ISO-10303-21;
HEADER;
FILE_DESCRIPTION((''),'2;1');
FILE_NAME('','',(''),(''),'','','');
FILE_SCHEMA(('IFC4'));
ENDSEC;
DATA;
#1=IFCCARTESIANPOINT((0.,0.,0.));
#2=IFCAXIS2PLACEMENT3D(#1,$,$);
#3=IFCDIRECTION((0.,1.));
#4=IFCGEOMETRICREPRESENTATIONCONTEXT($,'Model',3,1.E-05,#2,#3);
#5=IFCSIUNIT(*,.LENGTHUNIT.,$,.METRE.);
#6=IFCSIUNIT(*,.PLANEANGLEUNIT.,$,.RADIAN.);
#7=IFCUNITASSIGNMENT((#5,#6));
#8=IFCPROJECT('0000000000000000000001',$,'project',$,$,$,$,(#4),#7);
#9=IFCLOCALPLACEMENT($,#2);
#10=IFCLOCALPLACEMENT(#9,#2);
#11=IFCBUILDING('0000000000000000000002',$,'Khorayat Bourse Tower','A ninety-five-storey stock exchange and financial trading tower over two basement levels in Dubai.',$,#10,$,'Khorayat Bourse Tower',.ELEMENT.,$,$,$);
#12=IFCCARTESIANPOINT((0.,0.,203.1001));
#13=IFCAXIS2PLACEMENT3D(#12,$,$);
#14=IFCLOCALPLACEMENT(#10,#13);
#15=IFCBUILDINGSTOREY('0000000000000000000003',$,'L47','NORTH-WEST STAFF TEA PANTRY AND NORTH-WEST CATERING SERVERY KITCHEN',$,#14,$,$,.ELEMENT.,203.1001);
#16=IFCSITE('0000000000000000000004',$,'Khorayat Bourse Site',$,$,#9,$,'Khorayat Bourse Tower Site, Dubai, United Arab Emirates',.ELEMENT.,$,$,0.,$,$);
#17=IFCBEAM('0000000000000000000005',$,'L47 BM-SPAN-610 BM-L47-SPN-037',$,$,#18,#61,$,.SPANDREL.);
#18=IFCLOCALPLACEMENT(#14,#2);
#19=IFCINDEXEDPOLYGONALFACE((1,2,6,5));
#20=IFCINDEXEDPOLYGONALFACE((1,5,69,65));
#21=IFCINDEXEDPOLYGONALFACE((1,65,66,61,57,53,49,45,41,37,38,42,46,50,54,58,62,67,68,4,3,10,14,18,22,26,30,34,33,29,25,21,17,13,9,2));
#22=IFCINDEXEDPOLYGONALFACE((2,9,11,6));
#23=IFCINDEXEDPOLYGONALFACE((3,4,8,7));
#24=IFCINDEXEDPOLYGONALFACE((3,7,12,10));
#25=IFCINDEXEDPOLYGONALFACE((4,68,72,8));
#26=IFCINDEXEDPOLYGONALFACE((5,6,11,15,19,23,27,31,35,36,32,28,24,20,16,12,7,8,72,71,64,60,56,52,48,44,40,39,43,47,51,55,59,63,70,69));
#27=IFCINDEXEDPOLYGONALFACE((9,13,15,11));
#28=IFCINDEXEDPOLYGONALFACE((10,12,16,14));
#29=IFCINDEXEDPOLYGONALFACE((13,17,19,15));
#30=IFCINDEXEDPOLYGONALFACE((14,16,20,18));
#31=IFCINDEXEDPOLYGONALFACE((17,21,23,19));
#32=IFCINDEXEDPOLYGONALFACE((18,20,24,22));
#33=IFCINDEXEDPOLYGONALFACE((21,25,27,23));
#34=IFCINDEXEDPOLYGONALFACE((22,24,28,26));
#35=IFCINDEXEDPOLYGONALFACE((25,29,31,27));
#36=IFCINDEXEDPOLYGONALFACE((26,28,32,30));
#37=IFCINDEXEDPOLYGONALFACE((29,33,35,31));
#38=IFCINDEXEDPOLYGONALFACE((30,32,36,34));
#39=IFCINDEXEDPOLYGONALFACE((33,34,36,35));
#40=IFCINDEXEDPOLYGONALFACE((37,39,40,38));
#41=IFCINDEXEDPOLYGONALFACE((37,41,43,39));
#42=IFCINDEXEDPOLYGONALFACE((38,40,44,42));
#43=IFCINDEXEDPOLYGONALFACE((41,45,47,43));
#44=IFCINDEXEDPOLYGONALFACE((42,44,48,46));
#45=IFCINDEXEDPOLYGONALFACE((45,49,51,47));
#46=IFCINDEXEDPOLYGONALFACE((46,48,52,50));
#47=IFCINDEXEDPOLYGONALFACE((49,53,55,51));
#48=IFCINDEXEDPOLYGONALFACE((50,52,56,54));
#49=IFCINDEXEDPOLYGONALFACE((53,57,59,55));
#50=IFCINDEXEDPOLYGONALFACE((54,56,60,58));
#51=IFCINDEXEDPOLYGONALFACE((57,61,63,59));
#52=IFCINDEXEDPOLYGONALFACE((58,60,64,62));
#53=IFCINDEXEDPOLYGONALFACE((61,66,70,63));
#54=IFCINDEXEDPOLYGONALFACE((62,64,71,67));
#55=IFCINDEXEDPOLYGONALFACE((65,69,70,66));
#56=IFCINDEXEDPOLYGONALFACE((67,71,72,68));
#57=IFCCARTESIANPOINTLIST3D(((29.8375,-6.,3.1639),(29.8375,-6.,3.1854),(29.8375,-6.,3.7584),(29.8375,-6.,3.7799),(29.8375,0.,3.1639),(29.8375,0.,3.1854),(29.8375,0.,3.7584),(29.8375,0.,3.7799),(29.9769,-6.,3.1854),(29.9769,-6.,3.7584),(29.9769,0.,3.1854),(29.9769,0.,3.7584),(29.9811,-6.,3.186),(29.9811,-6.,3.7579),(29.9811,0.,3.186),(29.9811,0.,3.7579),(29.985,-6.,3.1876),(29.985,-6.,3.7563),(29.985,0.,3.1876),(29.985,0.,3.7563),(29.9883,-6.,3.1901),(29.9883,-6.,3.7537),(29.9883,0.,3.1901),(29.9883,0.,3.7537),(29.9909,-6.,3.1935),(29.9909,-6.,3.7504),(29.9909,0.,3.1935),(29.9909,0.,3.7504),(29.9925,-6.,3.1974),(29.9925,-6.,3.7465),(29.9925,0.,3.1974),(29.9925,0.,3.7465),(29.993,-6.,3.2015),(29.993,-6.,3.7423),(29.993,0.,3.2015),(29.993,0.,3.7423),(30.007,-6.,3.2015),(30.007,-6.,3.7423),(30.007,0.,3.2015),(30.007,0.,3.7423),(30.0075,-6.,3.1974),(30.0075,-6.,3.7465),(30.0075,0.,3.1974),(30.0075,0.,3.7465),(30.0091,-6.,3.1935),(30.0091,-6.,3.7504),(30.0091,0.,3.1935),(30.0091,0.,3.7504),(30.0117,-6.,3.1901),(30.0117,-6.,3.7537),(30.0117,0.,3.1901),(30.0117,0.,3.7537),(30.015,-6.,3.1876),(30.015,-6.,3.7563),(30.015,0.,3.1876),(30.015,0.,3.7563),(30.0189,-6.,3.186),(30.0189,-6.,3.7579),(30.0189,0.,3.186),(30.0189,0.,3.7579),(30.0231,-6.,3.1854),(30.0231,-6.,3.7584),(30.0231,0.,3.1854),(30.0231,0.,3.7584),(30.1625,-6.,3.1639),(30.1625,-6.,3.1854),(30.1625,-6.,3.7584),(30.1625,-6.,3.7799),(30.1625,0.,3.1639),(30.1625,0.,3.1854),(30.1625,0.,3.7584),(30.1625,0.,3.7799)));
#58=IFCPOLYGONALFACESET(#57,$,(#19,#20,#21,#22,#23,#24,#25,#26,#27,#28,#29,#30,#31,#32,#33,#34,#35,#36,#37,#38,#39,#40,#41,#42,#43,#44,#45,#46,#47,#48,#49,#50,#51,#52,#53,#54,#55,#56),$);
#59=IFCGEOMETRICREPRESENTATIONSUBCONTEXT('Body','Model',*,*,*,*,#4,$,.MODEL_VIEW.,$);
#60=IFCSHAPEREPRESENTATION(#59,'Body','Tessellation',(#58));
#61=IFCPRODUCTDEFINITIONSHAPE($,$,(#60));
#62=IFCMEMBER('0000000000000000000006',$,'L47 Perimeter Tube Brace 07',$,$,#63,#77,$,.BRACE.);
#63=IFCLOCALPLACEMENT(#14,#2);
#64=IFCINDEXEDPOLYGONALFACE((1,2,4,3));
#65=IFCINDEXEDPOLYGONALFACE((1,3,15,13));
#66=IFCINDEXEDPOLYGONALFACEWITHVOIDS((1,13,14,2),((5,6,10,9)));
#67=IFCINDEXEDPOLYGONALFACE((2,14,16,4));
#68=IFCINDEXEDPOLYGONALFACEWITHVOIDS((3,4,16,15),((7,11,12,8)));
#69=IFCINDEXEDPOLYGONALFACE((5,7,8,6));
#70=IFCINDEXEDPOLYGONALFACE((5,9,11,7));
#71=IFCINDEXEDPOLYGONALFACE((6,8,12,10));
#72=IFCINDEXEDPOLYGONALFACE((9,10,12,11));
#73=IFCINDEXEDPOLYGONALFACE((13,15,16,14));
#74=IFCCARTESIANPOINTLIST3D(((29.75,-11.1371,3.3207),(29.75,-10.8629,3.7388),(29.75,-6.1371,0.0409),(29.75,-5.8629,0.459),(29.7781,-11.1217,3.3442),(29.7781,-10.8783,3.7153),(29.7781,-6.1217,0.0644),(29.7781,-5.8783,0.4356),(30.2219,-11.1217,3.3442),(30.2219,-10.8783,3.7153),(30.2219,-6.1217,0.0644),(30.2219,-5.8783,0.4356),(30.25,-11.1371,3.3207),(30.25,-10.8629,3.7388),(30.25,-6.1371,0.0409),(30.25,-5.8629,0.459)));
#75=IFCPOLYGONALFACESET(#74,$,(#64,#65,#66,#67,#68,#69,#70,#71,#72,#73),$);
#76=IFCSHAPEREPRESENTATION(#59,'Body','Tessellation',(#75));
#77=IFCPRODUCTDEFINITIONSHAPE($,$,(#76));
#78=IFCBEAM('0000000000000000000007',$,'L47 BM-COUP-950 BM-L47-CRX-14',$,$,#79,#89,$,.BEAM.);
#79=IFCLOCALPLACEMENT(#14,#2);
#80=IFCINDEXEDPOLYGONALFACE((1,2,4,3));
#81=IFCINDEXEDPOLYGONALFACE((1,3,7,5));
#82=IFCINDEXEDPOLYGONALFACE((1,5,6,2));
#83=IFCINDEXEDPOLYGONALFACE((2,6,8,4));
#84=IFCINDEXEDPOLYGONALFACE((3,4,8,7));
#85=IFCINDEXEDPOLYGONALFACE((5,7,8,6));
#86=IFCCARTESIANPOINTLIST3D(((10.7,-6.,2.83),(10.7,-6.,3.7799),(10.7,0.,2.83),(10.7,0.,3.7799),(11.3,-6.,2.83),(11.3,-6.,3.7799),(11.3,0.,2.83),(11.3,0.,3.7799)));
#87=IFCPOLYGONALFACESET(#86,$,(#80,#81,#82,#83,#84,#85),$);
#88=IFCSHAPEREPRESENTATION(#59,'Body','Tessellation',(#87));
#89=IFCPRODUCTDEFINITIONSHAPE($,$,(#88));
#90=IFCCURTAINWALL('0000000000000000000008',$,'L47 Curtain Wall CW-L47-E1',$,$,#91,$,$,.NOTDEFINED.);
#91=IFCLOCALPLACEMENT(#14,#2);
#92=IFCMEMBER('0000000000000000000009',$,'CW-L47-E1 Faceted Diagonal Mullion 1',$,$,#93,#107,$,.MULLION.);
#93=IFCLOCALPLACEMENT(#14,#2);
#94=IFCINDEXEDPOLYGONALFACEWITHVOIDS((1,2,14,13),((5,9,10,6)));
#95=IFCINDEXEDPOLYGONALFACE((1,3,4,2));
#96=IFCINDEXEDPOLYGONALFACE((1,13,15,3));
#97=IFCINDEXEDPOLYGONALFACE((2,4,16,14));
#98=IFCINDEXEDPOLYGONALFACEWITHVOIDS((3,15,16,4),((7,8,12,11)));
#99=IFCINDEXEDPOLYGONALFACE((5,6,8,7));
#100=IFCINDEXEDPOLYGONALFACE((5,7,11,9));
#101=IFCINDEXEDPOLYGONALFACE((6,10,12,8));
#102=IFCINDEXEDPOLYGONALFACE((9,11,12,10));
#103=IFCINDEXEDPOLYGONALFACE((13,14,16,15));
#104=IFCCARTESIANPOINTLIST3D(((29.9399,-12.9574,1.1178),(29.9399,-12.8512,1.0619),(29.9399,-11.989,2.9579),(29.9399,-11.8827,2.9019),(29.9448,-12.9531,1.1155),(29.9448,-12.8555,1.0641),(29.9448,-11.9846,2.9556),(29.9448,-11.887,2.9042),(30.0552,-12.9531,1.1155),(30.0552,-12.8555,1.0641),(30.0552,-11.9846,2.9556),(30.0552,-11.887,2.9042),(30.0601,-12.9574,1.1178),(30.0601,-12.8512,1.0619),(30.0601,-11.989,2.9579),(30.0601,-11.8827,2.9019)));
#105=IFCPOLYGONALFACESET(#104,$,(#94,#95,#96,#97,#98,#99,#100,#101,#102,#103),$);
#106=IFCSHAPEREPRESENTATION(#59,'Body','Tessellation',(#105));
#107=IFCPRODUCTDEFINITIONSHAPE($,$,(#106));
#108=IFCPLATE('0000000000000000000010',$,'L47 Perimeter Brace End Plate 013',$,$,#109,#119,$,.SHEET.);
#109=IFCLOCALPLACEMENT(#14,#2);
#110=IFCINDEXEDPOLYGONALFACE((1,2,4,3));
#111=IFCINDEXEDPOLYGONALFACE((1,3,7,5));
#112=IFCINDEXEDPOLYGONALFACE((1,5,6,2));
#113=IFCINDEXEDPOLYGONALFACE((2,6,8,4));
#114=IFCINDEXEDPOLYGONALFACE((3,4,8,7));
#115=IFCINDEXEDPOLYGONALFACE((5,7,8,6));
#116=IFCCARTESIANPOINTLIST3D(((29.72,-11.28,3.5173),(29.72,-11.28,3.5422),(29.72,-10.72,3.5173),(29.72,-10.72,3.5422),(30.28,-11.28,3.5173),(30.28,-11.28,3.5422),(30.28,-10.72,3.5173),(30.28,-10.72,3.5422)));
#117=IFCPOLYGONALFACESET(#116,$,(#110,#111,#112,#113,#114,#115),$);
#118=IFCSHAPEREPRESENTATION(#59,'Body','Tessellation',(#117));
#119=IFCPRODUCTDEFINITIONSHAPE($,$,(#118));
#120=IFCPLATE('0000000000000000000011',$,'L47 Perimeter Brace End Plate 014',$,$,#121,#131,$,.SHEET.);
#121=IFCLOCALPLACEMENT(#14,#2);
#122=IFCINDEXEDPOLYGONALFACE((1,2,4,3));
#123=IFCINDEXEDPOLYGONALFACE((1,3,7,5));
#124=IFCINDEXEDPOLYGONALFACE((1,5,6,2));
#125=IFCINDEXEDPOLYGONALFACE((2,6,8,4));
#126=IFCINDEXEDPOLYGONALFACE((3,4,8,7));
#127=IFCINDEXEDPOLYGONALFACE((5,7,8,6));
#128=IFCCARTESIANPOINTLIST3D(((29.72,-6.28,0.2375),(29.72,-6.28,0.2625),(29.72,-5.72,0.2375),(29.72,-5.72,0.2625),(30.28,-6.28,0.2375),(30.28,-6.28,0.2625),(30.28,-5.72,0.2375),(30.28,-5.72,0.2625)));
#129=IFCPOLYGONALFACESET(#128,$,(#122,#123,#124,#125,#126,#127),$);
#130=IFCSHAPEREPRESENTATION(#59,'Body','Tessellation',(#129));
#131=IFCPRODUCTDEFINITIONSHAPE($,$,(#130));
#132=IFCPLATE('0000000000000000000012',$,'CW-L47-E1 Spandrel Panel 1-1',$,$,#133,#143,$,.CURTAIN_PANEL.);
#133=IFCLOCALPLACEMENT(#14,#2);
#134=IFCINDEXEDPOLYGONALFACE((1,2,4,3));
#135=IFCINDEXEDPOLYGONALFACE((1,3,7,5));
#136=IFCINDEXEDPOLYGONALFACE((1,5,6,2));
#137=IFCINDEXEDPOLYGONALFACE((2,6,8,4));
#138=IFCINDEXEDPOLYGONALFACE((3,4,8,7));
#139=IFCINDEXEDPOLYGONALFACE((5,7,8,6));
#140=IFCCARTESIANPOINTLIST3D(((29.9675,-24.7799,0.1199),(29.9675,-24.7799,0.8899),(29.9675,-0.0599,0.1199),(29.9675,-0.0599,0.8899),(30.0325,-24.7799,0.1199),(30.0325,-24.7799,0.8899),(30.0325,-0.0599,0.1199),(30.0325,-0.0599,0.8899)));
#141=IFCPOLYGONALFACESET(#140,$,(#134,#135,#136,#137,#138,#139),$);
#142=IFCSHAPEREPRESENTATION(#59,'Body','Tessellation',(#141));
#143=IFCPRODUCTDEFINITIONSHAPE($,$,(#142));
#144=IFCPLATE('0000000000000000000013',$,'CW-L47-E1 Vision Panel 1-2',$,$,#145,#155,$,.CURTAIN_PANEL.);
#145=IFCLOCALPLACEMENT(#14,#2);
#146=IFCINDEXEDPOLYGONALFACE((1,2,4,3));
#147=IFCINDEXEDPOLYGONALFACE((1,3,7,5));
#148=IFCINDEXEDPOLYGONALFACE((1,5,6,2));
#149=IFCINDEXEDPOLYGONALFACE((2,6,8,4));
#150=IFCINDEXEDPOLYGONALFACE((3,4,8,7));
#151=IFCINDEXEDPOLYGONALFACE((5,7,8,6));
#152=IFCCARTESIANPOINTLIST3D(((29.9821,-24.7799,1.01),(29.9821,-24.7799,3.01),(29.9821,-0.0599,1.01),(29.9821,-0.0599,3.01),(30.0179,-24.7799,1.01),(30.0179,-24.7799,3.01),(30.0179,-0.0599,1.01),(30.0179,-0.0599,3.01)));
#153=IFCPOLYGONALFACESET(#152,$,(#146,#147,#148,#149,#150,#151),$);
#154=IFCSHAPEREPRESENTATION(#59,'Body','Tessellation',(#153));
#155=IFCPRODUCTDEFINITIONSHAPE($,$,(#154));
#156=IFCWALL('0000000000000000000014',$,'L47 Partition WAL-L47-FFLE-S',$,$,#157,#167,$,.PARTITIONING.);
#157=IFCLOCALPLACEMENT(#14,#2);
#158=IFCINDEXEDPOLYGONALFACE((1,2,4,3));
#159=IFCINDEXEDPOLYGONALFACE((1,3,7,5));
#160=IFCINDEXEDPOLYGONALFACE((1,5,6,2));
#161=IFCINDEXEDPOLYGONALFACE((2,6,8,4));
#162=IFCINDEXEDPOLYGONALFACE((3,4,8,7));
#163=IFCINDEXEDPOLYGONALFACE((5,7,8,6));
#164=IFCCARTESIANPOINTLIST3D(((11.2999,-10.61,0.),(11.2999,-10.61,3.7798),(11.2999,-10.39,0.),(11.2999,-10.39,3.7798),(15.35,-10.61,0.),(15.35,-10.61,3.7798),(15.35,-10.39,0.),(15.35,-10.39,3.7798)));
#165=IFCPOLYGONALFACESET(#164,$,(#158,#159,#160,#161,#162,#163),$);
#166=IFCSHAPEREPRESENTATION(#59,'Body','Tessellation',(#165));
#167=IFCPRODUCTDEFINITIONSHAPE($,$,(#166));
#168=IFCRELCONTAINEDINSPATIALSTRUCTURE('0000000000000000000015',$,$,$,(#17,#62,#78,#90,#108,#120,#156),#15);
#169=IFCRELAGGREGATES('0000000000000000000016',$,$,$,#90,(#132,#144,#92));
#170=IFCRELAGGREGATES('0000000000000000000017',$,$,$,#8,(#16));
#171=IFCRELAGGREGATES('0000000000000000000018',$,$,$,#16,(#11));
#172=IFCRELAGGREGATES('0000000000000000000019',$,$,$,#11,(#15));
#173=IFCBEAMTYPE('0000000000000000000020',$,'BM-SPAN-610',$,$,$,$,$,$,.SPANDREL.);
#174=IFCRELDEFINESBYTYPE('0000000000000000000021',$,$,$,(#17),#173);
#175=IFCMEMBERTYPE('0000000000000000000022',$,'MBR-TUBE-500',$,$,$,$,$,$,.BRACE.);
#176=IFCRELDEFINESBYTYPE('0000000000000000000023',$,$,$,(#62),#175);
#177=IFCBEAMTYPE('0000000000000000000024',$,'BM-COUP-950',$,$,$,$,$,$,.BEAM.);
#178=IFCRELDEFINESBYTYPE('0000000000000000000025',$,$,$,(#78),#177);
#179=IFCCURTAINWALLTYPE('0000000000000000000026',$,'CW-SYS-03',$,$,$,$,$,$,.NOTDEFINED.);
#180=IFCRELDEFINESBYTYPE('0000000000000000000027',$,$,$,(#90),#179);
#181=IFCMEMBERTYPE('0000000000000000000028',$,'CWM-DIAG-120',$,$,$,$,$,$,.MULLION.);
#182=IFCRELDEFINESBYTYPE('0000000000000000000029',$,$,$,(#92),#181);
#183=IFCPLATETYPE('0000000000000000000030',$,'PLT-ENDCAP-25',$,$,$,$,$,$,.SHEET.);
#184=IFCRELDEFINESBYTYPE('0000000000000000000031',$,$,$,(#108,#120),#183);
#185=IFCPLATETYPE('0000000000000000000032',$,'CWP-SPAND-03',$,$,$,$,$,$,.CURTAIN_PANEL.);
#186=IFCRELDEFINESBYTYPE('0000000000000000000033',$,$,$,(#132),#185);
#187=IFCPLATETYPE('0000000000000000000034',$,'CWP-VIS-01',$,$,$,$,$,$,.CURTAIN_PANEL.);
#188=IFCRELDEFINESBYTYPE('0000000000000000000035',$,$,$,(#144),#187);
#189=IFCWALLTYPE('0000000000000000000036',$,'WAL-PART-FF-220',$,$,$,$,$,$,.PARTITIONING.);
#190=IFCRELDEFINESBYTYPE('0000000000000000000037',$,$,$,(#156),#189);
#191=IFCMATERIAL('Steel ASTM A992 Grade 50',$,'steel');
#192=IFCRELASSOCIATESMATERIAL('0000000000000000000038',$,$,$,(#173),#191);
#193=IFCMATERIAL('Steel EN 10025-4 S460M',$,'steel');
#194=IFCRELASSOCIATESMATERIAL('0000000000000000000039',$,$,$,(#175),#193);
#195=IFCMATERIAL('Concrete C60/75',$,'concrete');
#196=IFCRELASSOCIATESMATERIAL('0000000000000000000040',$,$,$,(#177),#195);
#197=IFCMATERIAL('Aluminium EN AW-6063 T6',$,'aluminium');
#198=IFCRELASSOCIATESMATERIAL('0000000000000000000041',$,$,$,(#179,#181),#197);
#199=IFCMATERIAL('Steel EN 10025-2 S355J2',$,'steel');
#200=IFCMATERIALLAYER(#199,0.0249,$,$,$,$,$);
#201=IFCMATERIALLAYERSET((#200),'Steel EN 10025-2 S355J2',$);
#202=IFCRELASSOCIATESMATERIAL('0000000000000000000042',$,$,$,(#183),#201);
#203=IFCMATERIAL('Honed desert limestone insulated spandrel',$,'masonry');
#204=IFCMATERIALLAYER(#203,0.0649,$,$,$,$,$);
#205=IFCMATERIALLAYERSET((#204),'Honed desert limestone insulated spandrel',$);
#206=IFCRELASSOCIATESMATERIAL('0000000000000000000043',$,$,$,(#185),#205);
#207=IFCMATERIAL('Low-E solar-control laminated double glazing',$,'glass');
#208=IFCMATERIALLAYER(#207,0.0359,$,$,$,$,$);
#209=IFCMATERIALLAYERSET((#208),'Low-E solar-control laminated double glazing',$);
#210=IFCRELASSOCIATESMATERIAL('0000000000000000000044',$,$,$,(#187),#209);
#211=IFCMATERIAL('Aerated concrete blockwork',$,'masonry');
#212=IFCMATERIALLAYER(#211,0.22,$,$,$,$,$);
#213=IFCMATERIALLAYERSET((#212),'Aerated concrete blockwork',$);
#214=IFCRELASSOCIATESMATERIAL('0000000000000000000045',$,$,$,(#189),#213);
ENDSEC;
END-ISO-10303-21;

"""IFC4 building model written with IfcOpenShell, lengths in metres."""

from ifc_helpers import new_model, si_unit, direction, frame, frame_2d, origin, origin_2d, place, context, subcontext, project, spatial, rectangle, hollow_rectangle, i_section, extrude, source, transform, mapped, material, layer, layer_set, material_profile, profile_set, type_object, element, aggregate, save


model = new_model("IFC4")

# Units and contexts
model_context = context("Model", 3, precision=1e-05, world=origin(), true_north=direction((0.0, 1.0)))
body_context = subcontext(model_context, "Body", "Model", "MODEL_VIEW")
ifc_project = project(units=[si_unit("LENGTHUNIT", "METRE"), si_unit("PLANEANGLEUNIT", "RADIAN")], contexts=[model_context])

# Site, building, storey
site_placement = place(None, origin())
site = spatial("IfcSite", under=ifc_project, at=site_placement, Name="Khorayat Bourse Site", LongName="Khorayat Bourse Tower Site, Dubai, United Arab Emirates", CompositionType="ELEMENT", RefElevation=0.0)
building_placement = place(site_placement, origin())
building = spatial("IfcBuilding", under=site, at=building_placement, Name="Khorayat Bourse Tower", Description="A ninety-five-storey stock exchange and financial trading tower over two basement levels in Dubai.", LongName="Khorayat Bourse Tower", CompositionType="ELEMENT")
storey_placement = place(building_placement, frame((0.0, 0.0, 203.1001)))
storey = spatial("IfcBuildingStorey", under=building, at=storey_placement, Name="L47", Description="NORTH-WEST STAFF TEA PANTRY AND NORTH-WEST CATERING SERVERY KITCHEN", CompositionType="ELEMENT", Elevation=203.1001)

# Shared definitions
ifc_material_1 = material(Name="Steel EN 10025-4 S460M", Category="steel")
ifc_material_2 = material(Name="Concrete C60/75", Category="concrete")

# Beam
ifc_material_3 = material(Name="Steel ASTM A992 Grade 50", Category="steel")
ifc_material_profile_1 = material_profile(ifc_material_3, i_section(OverallWidth=0.325, OverallDepth=0.616, WebThickness=0.0139, FlangeThickness=0.0215, FilletRadius=0.0161, at=origin_2d()), Name="W610X174")
ifc_profile_set_1 = profile_set([ifc_material_profile_1], Name="Steel ASTM A992 Grade 50")
beam_type_1 = type_object("IfcBeamType", Name="BM-SPAN-610", PredefinedType="SPANDREL", material=ifc_profile_set_1)
shared_shape_1 = source(origin(), body_context, "Body", "SweptSolid", [
    extrude(i_section(OverallWidth=0.325, OverallDepth=0.616, WebThickness=0.0139, FlangeThickness=0.0215, FilletRadius=0.0161, at=origin_2d()), origin(), (0.0, 0.0, 1.0), 6.0),
])
beam_1_placement = place(storey_placement, frame((30.0, -6.0, 3.4719), z_axis=(0.0, 1.0, 0.0), x_axis=(-1.0, 0.0, 0.0)))
element("IfcBeam", 1, at=beam_1_placement, inside=storey, type_object=beam_type_1, Name="L47 BM-SPAN-610 BM-L47-SPN-037", PredefinedType="SPANDREL", context=body_context, shape_type="MappedRepresentation", body=[
    mapped(shared_shape_1, transform((0.0, 0.0, 0.0), scale=1.0)),
])

# Member
ifc_material_profile_2 = material_profile(ifc_material_1, hollow_rectangle(XDim=0.5, YDim=0.5, WallThickness=0.0281, at=origin_2d()), Name="HSS 500x500x28")
ifc_profile_set_2 = profile_set([ifc_material_profile_2], Name="Steel EN 10025-4 S460M")
member_type_1 = type_object("IfcMemberType", Name="MBR-TUBE-500", PredefinedType="BRACE", material=ifc_profile_set_2)
shared_shape_2 = source(origin(), body_context, "Body", "SweptSolid", [
    extrude(hollow_rectangle(XDim=0.5, YDim=0.5, WallThickness=0.0281, at=origin_2d()), origin(), (0.0, 0.0, 1.0), 5.9797),
])
member_1_placement = place(storey_placement, frame((30.0, -11.0, 3.5298), z_axis=(0.0, 0.83616, -0.548485), x_axis=(-1.0, 0.0, 0.0)))
element("IfcMember", 2, at=member_1_placement, inside=storey, type_object=member_type_1, Name="L47 Perimeter Tube Brace 07", PredefinedType="BRACE", context=body_context, shape_type="MappedRepresentation", body=[
    mapped(shared_shape_2, transform((0.0, 0.0, 0.0), scale=1.0)),
])

# Beam
ifc_material_profile_3 = material_profile(ifc_material_2, rectangle(XDim=0.6001, YDim=0.95, at=origin_2d()), Name="RC 600x950")
ifc_profile_set_3 = profile_set([ifc_material_profile_3], Name="Concrete C60/75")
beam_type_2 = type_object("IfcBeamType", Name="BM-COUP-950", PredefinedType="BEAM", material=ifc_profile_set_3)
shared_shape_3 = source(origin(), body_context, "Body", "SweptSolid", [
    extrude(rectangle(XDim=0.6001, YDim=0.95, at=origin_2d()), origin(), (0.0, 0.0, 1.0), 6.0),
])
beam_2_placement = place(storey_placement, frame((11.0, -6.0, 3.3049), z_axis=(0.0, 1.0, 0.0), x_axis=(-1.0, 0.0, 0.0)))
element("IfcBeam", 3, at=beam_2_placement, inside=storey, type_object=beam_type_2, Name="L47 BM-COUP-950 BM-L47-CRX-14", PredefinedType="BEAM", context=body_context, shape_type="MappedRepresentation", body=[
    mapped(shared_shape_3, transform((0.0, 0.0, 0.0), scale=1.0)),
])

# Curtain wall, member
ifc_material_4 = material(Name="Aluminium EN AW-6063 T6", Category="aluminium")
curtain_wall_type = type_object("IfcCurtainWallType", Name="CW-SYS-03", PredefinedType="NOTDEFINED", material=ifc_material_4)
curtain_wall_placement = place(storey_placement, origin())
curtain_wall = element("IfcCurtainWall", 4, at=curtain_wall_placement, inside=storey, type_object=curtain_wall_type, Name="L47 Curtain Wall CW-L47-E1", PredefinedType="NOTDEFINED")
ifc_material_profile_4 = material_profile(ifc_material_4, hollow_rectangle(XDim=0.1201, YDim=0.1201, WallThickness=0.0049, at=origin_2d()), Name="ALU 120x120x5")
ifc_profile_set_4 = profile_set([ifc_material_profile_4], Name="Aluminium EN AW-6063 T6")
member_type_2 = type_object("IfcMemberType", Name="CWM-DIAG-120", PredefinedType="MULLION", material=ifc_profile_set_4)
shared_shape_4 = source(origin(), body_context, "Body", "SweptSolid", [
    extrude(hollow_rectangle(XDim=0.1201, YDim=0.1201, WallThickness=0.0049, at=origin_2d()), origin(), (0.0, 0.0, 1.0), 2.0793),
])
member_2_placement = place(storey_placement, frame((30.0, -12.9043, 1.0898), z_axis=(0.0, 0.465761, 0.884911), x_axis=(-1.0, 0.0, 0.0)))
member_2 = element("IfcMember", 5, at=member_2_placement, type_object=member_type_2, Name="CW-L47-E1 Faceted Diagonal Mullion 1", PredefinedType="MULLION", context=body_context, shape_type="MappedRepresentation", body=[
    mapped(shared_shape_4, transform((0.0, 0.0, 0.0), scale=1.0)),
])

# Plates
ifc_material_5 = material(Name="Steel EN 10025-2 S355J2", Category="steel")
ifc_layer_1 = layer(ifc_material_5, 0.0249)
ifc_layer_set_1 = layer_set([ifc_layer_1], Name="Steel EN 10025-2 S355J2")
plate_type_1 = type_object("IfcPlateType", Name="PLT-ENDCAP-25", PredefinedType="SHEET", material=ifc_layer_set_1)
shared_shape_5 = source(origin(), body_context, "Body", "SweptSolid", [
    extrude(rectangle(XDim=0.5601, YDim=0.5601, at=origin_2d()), origin(), (0.0, 0.0, 1.0), 0.0249),
])
for number, where, z_axis, x_axis, name in (
    (6, (30.0, -11.0, 3.5173), (0.0, 0.0, 1.0), (1.0, 0.0, 0.0), "L47 Perimeter Brace End Plate 013"),
    (7, (30.0, -6.0, 0.2375), (0.0, 0.0, 1.0), (1.0, 0.0, 0.0), "L47 Perimeter Brace End Plate 014"),
):
    element("IfcPlate", number, at=place(storey_placement, frame(where, z_axis=z_axis, x_axis=x_axis)), inside=storey, type_object=plate_type_1, Name=name, PredefinedType="SHEET", context=body_context, shape_type="MappedRepresentation", body=[
        mapped(shared_shape_5, transform((0.0, 0.0, 0.0), scale=1.0)),
    ])

# Plates
ifc_material_6 = material(Name="Honed desert limestone insulated spandrel", Category="masonry")
ifc_layer_2 = layer(ifc_material_6, 0.0649)
ifc_layer_set_2 = layer_set([ifc_layer_2], Name="Honed desert limestone insulated spandrel")
plate_type_2 = type_object("IfcPlateType", Name="CWP-SPAND-03", PredefinedType="CURTAIN_PANEL", material=ifc_layer_set_2)
shared_shape_6 = source(origin(), body_context, "Body", "SweptSolid", [
    extrude(rectangle(XDim=24.72, YDim=0.0649, at=origin_2d()), origin(), (0.0, 0.0, 1.0), 0.77),
])
plate_1_placement = place(storey_placement, frame((30.0, -12.4199, 0.1199), z_axis=(0.0, 0.0, 1.0), x_axis=(0.0, 1.0, 0.0)))
plate_1 = element("IfcPlate", 8, at=plate_1_placement, type_object=plate_type_2, Name="CW-L47-E1 Spandrel Panel 1-1", PredefinedType="CURTAIN_PANEL", context=body_context, shape_type="MappedRepresentation", body=[
    mapped(shared_shape_6, transform((0.0, 0.0, 0.0), scale=1.0)),
])
ifc_material_7 = material(Name="Low-E solar-control laminated double glazing", Category="glass")
ifc_layer_3 = layer(ifc_material_7, 0.0359)
ifc_layer_set_3 = layer_set([ifc_layer_3], Name="Low-E solar-control laminated double glazing")
plate_type_3 = type_object("IfcPlateType", Name="CWP-VIS-01", PredefinedType="CURTAIN_PANEL", material=ifc_layer_set_3)
shared_shape_7 = source(origin(), body_context, "Body", "SweptSolid", [
    extrude(rectangle(XDim=24.72, YDim=0.0359, at=origin_2d()), origin(), (0.0, 0.0, 1.0), 2.0),
])
plate_2_placement = place(storey_placement, frame((30.0, -12.4199, 1.01), z_axis=(0.0, 0.0, 1.0), x_axis=(0.0, 1.0, 0.0)))
plate_2 = element("IfcPlate", 9, at=plate_2_placement, type_object=plate_type_3, Name="CW-L47-E1 Vision Panel 1-2", PredefinedType="CURTAIN_PANEL", context=body_context, shape_type="MappedRepresentation", body=[
    mapped(shared_shape_7, transform((0.0, 0.0, 0.0), scale=1.0)),
])
aggregate(curtain_wall, [plate_1, plate_2, member_2])

# Wall
ifc_material_8 = material(Name="Aerated concrete blockwork", Category="masonry")
ifc_layer_4 = layer(ifc_material_8, 0.22)
ifc_layer_set_4 = layer_set([ifc_layer_4], Name="Aerated concrete blockwork")
wall_type_1 = type_object("IfcWallType", Name="WAL-PART-FF-220", PredefinedType="PARTITIONING", material=ifc_layer_set_4)
shared_shape_8 = source(origin(), body_context, "Body", "SweptSolid", [
    extrude(rectangle(XDim=4.05, YDim=0.22, at=frame_2d((2.0249, 0.0))), origin(), (0.0, 0.0, 1.0), 3.7798),
])
wall_1_placement = place(storey_placement, frame((11.3, -10.5, 0.0), z_axis=(0.0, 0.0, 1.0), x_axis=(1.0, 0.0, 0.0)))
element("IfcWall", 10, at=wall_1_placement, inside=storey, type_object=wall_type_1, Name="L47 Partition WAL-L47-FFLE-S", PredefinedType="PARTITIONING", context=body_context, shape_type="MappedRepresentation", body=[
    mapped(shared_shape_8, transform((0.0, 0.0, 0.0), scale=1.0)),
])

save(model, "model.ifc")
